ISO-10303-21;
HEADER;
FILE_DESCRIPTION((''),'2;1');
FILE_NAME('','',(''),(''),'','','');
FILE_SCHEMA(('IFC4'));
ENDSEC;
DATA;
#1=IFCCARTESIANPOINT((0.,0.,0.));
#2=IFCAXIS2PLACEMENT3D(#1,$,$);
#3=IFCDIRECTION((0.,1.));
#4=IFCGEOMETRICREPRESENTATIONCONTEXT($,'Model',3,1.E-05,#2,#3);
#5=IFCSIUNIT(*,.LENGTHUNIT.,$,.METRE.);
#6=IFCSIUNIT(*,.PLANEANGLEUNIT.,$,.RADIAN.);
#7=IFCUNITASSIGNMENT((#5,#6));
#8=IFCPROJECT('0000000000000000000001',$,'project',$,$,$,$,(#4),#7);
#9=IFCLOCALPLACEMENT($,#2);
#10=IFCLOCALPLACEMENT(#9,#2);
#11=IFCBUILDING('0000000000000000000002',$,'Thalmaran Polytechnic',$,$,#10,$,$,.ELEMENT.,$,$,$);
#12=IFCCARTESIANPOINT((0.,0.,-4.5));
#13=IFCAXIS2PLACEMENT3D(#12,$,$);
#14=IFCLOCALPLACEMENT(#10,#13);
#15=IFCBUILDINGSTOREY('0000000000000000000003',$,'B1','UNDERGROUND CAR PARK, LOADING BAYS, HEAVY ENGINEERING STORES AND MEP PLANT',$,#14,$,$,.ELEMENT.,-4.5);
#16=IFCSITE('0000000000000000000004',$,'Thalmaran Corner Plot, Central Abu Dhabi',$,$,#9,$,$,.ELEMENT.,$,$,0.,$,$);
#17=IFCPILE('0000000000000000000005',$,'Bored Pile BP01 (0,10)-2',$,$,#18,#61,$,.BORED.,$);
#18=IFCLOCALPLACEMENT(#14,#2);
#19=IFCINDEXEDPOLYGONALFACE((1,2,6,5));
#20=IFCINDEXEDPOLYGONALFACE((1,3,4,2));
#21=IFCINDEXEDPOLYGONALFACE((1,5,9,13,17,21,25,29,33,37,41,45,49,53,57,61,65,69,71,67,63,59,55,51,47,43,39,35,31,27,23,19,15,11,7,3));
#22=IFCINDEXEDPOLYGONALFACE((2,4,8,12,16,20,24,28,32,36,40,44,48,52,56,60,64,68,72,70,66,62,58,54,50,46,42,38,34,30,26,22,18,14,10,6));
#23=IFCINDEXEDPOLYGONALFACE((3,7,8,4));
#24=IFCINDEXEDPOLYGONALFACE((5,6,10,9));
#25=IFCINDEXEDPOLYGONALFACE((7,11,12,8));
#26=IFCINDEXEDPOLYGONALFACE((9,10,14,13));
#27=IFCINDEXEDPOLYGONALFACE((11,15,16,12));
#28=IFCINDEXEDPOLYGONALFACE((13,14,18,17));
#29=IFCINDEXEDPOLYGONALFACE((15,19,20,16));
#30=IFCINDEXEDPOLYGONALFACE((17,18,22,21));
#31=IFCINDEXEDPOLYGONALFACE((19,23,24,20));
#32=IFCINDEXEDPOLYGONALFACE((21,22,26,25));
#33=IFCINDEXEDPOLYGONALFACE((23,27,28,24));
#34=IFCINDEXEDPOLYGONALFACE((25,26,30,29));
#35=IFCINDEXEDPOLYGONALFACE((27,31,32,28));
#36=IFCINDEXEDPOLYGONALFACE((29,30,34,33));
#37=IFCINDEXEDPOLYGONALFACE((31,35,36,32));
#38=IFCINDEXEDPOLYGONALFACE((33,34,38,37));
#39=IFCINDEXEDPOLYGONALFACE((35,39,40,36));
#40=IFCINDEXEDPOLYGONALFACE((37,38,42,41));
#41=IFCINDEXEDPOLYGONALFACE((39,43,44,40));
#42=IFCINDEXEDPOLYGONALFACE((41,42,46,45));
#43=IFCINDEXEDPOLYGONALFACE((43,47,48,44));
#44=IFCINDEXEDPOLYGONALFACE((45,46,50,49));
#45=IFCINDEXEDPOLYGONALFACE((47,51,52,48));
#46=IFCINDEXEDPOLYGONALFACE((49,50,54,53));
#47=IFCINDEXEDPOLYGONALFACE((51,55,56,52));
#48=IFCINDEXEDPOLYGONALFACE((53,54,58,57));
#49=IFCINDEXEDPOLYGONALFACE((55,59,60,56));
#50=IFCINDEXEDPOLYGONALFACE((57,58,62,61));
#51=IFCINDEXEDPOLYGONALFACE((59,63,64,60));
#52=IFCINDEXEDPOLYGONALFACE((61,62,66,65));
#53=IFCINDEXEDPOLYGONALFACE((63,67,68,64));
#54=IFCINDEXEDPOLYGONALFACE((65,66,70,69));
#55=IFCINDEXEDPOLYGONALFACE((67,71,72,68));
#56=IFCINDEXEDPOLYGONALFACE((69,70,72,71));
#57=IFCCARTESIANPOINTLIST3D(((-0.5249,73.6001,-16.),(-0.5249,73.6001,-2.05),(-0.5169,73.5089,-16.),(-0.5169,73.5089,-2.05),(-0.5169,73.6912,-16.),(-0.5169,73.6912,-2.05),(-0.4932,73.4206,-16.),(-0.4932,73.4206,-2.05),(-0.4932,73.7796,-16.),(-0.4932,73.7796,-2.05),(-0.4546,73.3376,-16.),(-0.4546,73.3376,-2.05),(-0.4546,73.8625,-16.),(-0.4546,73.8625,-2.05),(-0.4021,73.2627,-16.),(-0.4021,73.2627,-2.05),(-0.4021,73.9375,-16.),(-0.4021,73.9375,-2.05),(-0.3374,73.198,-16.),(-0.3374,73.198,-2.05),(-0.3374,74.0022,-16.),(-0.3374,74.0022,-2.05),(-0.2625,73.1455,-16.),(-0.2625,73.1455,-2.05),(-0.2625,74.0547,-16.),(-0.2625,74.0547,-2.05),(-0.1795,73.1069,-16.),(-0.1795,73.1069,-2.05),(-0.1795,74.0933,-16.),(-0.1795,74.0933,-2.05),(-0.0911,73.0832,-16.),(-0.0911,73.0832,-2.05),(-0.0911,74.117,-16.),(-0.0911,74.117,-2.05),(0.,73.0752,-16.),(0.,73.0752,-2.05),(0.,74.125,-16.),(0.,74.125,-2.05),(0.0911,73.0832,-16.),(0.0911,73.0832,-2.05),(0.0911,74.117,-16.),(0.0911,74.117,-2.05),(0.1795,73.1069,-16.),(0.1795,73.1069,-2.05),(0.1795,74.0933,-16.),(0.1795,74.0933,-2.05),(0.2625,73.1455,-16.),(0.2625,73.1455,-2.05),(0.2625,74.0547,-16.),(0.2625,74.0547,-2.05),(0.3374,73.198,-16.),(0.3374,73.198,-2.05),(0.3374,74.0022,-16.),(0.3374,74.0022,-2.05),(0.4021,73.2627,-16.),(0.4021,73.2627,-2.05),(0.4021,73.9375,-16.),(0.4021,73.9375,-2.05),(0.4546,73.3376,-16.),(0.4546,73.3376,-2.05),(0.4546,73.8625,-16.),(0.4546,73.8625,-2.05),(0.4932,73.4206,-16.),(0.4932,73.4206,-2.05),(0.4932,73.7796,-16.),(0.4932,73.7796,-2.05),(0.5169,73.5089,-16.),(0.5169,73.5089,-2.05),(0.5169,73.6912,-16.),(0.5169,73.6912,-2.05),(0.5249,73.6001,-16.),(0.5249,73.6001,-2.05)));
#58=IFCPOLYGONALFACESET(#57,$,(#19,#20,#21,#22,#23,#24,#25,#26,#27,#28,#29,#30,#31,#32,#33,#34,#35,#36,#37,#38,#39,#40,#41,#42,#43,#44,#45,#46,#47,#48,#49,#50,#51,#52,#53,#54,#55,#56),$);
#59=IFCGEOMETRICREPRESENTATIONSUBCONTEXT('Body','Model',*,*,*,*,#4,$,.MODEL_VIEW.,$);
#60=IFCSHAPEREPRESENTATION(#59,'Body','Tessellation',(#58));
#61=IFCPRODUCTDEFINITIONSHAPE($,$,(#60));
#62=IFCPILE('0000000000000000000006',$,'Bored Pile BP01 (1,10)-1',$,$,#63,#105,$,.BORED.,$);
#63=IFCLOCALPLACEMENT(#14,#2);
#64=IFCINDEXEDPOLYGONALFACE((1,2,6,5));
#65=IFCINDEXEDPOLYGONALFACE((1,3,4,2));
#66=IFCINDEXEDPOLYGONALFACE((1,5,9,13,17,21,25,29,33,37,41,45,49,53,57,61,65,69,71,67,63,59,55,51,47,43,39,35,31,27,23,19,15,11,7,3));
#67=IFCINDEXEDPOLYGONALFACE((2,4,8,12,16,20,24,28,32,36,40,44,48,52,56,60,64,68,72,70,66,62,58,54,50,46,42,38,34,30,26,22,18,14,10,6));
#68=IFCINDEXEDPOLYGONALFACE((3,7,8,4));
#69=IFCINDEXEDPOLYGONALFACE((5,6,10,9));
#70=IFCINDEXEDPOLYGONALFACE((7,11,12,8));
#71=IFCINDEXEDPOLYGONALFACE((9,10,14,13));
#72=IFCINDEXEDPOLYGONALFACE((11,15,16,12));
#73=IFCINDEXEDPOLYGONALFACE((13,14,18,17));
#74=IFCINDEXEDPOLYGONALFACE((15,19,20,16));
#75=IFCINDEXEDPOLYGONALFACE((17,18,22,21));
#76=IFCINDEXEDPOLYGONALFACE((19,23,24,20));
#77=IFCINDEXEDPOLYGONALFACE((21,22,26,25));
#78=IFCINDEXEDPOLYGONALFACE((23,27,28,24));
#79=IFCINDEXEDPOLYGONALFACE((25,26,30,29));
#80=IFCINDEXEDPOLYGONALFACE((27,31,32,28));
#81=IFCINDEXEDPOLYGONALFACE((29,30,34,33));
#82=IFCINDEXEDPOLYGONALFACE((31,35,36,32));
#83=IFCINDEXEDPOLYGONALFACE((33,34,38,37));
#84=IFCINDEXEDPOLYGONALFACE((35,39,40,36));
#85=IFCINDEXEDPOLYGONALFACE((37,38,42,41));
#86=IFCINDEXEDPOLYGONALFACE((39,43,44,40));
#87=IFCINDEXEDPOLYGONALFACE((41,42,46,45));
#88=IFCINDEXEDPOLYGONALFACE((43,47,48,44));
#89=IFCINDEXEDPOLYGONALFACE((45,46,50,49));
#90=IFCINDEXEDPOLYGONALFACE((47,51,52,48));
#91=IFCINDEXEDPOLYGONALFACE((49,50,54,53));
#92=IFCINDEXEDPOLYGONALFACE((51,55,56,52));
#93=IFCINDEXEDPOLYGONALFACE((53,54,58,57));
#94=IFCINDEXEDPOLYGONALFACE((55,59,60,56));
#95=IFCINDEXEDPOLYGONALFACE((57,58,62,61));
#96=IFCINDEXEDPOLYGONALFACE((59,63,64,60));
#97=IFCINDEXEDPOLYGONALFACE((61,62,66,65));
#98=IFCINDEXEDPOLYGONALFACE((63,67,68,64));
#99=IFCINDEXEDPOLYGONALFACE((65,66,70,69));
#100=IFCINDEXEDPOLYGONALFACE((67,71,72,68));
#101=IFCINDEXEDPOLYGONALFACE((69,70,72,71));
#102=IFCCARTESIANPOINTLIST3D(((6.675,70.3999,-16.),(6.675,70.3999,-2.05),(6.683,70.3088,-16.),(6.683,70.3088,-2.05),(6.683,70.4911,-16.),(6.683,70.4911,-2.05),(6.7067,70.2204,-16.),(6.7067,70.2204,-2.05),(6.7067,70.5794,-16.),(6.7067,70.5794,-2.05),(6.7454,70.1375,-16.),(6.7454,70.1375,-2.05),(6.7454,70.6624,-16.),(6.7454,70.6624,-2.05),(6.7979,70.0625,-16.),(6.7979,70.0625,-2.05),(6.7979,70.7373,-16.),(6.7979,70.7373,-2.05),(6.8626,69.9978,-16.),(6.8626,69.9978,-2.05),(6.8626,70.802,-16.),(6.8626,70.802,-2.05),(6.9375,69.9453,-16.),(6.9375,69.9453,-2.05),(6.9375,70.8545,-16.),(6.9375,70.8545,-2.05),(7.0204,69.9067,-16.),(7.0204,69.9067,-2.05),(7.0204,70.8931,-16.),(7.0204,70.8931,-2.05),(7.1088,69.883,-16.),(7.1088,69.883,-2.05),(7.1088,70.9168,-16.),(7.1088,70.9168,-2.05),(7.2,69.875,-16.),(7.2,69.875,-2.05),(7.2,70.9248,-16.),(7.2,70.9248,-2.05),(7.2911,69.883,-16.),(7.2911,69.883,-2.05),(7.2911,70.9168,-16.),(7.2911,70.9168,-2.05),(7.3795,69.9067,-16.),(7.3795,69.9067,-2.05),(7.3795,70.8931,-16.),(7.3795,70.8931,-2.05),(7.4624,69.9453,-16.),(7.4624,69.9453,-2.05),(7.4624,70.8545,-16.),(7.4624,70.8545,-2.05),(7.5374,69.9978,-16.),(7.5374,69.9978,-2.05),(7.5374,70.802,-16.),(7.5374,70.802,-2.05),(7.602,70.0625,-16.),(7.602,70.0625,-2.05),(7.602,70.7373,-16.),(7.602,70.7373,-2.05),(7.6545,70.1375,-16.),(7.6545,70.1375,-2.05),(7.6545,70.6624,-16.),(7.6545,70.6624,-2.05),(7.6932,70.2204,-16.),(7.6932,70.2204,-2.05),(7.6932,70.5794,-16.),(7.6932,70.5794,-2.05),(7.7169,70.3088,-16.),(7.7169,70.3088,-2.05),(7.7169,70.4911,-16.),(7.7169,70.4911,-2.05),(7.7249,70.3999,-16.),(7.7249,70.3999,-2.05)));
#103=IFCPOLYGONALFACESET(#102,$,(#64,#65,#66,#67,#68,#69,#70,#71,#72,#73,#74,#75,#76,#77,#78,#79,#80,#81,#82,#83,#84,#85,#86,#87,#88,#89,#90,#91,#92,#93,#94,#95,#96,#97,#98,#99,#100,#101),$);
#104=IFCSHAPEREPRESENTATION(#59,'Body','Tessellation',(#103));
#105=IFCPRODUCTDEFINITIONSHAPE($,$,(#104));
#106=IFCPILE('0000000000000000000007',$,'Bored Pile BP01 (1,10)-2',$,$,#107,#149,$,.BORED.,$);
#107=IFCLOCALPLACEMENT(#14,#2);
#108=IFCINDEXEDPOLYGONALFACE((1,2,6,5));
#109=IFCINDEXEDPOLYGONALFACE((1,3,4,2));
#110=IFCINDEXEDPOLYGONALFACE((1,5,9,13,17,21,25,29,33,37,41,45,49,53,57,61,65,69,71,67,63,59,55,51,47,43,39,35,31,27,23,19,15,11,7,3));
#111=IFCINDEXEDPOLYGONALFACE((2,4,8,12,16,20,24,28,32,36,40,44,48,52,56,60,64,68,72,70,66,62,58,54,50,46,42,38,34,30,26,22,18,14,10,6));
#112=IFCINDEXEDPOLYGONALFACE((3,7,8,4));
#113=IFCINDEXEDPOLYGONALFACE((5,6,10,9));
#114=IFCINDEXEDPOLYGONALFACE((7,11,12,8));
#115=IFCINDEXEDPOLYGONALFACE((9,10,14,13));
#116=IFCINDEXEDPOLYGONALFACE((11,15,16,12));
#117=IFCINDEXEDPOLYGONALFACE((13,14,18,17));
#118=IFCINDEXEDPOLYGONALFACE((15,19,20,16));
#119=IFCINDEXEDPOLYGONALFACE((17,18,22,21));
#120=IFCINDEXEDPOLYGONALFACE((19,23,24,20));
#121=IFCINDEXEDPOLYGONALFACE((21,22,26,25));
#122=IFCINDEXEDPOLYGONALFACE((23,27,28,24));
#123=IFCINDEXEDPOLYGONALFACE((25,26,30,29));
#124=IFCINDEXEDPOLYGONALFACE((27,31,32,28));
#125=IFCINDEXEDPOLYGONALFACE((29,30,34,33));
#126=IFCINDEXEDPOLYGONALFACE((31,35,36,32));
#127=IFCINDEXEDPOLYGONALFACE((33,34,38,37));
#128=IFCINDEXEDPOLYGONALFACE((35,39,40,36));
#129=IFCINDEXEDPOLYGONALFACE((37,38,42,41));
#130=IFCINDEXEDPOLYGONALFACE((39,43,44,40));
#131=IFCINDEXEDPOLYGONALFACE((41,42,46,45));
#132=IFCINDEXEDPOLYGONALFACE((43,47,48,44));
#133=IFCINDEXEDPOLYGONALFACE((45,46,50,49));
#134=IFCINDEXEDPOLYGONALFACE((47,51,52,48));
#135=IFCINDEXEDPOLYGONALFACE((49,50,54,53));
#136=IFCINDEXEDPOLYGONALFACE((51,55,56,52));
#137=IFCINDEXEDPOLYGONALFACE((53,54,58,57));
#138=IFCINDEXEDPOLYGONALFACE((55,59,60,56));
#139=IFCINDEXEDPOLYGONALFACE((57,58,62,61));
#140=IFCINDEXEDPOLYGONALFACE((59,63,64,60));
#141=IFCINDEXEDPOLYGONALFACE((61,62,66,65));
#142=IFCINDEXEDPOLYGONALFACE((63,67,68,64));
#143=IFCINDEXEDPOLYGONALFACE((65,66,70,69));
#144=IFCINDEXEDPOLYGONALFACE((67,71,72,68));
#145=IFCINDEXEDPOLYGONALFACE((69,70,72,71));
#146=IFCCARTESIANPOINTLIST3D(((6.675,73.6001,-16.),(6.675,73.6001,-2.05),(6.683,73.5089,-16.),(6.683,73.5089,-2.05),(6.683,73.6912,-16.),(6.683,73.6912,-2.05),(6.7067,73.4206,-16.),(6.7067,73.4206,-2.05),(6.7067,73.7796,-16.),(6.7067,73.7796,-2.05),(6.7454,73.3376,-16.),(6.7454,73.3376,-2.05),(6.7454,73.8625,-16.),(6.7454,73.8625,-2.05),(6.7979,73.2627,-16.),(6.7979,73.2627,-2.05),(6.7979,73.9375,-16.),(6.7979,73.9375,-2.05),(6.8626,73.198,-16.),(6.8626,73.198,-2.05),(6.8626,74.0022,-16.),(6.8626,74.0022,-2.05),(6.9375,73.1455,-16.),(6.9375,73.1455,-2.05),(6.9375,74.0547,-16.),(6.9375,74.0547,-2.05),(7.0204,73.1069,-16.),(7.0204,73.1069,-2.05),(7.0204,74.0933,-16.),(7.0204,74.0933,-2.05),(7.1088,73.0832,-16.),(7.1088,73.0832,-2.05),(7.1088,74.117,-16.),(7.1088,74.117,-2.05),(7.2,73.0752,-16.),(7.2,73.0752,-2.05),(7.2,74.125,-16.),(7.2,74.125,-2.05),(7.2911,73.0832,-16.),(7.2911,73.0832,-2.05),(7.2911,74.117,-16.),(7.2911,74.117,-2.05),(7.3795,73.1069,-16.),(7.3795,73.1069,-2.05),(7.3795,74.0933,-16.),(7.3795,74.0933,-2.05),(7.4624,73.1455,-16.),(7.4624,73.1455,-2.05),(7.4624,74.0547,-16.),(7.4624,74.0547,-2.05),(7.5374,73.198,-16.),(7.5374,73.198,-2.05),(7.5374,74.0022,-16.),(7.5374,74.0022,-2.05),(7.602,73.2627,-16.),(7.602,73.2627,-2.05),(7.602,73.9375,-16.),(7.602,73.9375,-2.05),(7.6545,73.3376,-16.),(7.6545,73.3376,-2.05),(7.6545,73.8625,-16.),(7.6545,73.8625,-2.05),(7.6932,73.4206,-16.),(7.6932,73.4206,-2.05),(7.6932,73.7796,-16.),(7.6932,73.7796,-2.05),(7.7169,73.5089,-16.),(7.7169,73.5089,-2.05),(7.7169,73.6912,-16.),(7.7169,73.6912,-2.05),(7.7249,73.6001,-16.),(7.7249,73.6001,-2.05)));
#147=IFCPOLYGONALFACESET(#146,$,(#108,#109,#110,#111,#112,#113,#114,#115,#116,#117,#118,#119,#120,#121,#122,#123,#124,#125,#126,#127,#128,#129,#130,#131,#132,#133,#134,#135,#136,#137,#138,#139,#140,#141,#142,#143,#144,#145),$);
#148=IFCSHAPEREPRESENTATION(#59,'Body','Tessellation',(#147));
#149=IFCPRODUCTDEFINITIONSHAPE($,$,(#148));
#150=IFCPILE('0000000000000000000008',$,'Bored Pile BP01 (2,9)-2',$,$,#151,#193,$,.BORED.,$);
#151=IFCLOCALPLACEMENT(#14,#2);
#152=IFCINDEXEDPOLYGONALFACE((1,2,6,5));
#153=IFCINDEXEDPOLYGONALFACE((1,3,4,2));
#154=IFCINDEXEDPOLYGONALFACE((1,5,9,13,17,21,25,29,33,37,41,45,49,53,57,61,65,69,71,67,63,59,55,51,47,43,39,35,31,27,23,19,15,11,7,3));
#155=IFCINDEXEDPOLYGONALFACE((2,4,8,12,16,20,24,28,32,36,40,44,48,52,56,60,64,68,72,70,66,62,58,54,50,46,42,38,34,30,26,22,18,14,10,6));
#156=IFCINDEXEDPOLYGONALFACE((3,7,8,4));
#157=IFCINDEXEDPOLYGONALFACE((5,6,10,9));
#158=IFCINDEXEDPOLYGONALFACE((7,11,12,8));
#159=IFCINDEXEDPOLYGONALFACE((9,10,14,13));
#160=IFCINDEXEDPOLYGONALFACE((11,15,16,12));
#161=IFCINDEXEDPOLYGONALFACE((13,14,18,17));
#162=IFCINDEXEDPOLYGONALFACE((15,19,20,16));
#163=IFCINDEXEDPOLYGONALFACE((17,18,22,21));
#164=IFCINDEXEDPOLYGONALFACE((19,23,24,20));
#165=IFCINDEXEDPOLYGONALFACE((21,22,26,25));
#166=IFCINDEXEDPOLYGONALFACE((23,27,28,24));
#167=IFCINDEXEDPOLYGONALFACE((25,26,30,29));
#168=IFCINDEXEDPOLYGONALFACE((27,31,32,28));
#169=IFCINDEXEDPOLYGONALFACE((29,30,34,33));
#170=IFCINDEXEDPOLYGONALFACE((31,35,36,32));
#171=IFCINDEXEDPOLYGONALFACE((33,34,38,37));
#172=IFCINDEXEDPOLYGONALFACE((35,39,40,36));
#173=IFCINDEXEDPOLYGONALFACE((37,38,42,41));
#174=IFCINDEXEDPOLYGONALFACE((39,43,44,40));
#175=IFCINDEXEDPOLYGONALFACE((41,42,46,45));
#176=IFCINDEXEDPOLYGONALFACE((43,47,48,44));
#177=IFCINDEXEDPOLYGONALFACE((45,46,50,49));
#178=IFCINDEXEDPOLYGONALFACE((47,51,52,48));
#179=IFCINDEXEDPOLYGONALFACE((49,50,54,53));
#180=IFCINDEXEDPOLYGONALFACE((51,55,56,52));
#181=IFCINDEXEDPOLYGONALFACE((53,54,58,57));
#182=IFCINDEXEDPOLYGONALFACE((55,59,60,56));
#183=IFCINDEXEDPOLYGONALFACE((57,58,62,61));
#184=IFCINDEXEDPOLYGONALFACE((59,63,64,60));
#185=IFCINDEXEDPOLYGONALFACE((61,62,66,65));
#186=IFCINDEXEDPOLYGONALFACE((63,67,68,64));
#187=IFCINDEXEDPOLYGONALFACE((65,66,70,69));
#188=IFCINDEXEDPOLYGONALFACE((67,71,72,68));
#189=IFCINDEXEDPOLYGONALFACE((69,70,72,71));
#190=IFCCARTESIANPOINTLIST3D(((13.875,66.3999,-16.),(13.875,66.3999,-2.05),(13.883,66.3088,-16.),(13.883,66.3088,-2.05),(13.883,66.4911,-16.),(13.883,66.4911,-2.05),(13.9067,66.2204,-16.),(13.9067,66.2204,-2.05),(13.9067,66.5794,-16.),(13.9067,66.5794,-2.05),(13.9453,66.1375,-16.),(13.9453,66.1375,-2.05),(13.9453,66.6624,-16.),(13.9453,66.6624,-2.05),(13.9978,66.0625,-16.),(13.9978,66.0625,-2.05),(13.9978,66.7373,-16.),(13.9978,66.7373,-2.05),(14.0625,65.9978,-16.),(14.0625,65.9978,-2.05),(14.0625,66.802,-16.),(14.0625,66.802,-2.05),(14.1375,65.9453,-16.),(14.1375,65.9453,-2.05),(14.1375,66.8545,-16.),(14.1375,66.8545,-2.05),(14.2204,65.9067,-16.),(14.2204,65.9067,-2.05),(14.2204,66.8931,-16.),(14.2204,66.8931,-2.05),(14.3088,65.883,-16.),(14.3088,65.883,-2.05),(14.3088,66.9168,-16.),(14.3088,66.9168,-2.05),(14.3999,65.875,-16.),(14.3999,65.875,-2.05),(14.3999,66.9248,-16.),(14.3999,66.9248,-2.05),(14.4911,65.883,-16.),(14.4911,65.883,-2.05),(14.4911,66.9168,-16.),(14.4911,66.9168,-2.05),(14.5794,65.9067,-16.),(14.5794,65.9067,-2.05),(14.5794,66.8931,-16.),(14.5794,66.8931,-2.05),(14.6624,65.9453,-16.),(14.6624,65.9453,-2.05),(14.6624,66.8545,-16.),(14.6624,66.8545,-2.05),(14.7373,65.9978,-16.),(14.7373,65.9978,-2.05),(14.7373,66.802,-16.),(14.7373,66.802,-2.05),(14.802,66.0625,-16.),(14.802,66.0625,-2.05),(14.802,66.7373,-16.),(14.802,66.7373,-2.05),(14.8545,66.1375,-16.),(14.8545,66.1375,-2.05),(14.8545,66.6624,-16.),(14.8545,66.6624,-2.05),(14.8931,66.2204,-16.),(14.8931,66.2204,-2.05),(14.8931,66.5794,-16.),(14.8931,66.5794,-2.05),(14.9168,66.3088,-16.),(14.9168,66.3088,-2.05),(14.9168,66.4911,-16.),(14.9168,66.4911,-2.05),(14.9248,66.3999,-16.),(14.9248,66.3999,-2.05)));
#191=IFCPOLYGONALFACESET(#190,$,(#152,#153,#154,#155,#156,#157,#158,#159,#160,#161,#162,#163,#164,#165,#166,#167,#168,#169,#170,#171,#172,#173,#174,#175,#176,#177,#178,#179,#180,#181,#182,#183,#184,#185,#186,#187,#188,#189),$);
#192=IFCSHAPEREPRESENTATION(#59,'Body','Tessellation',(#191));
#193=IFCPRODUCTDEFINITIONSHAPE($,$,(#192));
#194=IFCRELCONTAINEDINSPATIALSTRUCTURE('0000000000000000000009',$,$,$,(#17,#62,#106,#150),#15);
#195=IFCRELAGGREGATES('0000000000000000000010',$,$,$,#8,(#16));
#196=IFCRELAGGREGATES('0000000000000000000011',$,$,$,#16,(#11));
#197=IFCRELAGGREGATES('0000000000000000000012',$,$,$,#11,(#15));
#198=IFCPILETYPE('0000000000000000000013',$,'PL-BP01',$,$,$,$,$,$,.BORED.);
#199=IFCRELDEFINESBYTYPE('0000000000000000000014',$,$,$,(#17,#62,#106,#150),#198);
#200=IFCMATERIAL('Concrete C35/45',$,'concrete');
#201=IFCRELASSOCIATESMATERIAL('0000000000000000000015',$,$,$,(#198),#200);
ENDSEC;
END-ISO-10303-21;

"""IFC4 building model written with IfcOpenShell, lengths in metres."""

from ifc_helpers import new_model, si_unit, direction, frame, origin, origin_2d, place, context, subcontext, project, spatial, circle, extrude, material, material_profile, profile_set, type_object, element, save


model = new_model("IFC4")

# Units and contexts
model_context = context("Model", 3, precision=1e-05, world=origin(), true_north=direction((0.0, 1.0)))
body_context = subcontext(model_context, "Body", "Model", "MODEL_VIEW")
ifc_project = project(units=[si_unit("LENGTHUNIT", "METRE"), si_unit("PLANEANGLEUNIT", "RADIAN")], contexts=[model_context])

# Site, building, storey
site_placement = place(None, origin())
site = spatial("IfcSite", under=ifc_project, at=site_placement, Name="Thalmaran Corner Plot, Central Abu Dhabi", CompositionType="ELEMENT", RefElevation=0.0)
building_placement = place(site_placement, origin())
building = spatial("IfcBuilding", under=site, at=building_placement, Name="Thalmaran Polytechnic", CompositionType="ELEMENT")
storey_placement = place(building_placement, frame((0.0, 0.0, -4.5)))
storey = spatial("IfcBuildingStorey", under=building, at=storey_placement, Name="B1", Description="UNDERGROUND CAR PARK, LOADING BAYS, HEAVY ENGINEERING STORES AND MEP PLANT", CompositionType="ELEMENT", Elevation=-4.5)

# Piles
ifc_material_1 = material(Name="Concrete C35/45", Category="concrete")
ifc_material_profile_1 = material_profile(ifc_material_1, circle(Radius=0.5249, at=origin_2d()), Name="RC 1050 DIA")
ifc_profile_set_1 = profile_set([ifc_material_profile_1], Name="Concrete C35/45")
pile_type = type_object("IfcPileType", Name="PL-BP01", PredefinedType="BORED", material=ifc_profile_set_1)
for number, where, z_axis, x_axis, name in (
    (1, (0.0, 73.6001, -2.05), (0.0, 0.0, -1.0), (1.0, 0.0, 0.0), "Bored Pile BP01 (0,10)-2"),
    (2, (7.2, 70.3999, -2.05), (0.0, 0.0, -1.0), (1.0, 0.0, 0.0), "Bored Pile BP01 (1,10)-1"),
    (3, (7.2, 73.6001, -2.05), (0.0, 0.0, -1.0), (1.0, 0.0, 0.0), "Bored Pile BP01 (1,10)-2"),
    (4, (14.3999, 66.3999, -2.05), (0.0, 0.0, -1.0), (1.0, 0.0, 0.0), "Bored Pile BP01 (2,9)-2"),
):
    element("IfcPile", number, at=place(storey_placement, frame(where, z_axis=z_axis, x_axis=x_axis)), inside=storey, type_object=pile_type, Name=name, PredefinedType="BORED", context=body_context, shape_type="SweptSolid", body=[
        extrude(circle(Radius=0.5249, at=origin_2d()), origin(), (0.0, 0.0, 1.0), 13.95),
    ])

save(model, "model.ifc")
